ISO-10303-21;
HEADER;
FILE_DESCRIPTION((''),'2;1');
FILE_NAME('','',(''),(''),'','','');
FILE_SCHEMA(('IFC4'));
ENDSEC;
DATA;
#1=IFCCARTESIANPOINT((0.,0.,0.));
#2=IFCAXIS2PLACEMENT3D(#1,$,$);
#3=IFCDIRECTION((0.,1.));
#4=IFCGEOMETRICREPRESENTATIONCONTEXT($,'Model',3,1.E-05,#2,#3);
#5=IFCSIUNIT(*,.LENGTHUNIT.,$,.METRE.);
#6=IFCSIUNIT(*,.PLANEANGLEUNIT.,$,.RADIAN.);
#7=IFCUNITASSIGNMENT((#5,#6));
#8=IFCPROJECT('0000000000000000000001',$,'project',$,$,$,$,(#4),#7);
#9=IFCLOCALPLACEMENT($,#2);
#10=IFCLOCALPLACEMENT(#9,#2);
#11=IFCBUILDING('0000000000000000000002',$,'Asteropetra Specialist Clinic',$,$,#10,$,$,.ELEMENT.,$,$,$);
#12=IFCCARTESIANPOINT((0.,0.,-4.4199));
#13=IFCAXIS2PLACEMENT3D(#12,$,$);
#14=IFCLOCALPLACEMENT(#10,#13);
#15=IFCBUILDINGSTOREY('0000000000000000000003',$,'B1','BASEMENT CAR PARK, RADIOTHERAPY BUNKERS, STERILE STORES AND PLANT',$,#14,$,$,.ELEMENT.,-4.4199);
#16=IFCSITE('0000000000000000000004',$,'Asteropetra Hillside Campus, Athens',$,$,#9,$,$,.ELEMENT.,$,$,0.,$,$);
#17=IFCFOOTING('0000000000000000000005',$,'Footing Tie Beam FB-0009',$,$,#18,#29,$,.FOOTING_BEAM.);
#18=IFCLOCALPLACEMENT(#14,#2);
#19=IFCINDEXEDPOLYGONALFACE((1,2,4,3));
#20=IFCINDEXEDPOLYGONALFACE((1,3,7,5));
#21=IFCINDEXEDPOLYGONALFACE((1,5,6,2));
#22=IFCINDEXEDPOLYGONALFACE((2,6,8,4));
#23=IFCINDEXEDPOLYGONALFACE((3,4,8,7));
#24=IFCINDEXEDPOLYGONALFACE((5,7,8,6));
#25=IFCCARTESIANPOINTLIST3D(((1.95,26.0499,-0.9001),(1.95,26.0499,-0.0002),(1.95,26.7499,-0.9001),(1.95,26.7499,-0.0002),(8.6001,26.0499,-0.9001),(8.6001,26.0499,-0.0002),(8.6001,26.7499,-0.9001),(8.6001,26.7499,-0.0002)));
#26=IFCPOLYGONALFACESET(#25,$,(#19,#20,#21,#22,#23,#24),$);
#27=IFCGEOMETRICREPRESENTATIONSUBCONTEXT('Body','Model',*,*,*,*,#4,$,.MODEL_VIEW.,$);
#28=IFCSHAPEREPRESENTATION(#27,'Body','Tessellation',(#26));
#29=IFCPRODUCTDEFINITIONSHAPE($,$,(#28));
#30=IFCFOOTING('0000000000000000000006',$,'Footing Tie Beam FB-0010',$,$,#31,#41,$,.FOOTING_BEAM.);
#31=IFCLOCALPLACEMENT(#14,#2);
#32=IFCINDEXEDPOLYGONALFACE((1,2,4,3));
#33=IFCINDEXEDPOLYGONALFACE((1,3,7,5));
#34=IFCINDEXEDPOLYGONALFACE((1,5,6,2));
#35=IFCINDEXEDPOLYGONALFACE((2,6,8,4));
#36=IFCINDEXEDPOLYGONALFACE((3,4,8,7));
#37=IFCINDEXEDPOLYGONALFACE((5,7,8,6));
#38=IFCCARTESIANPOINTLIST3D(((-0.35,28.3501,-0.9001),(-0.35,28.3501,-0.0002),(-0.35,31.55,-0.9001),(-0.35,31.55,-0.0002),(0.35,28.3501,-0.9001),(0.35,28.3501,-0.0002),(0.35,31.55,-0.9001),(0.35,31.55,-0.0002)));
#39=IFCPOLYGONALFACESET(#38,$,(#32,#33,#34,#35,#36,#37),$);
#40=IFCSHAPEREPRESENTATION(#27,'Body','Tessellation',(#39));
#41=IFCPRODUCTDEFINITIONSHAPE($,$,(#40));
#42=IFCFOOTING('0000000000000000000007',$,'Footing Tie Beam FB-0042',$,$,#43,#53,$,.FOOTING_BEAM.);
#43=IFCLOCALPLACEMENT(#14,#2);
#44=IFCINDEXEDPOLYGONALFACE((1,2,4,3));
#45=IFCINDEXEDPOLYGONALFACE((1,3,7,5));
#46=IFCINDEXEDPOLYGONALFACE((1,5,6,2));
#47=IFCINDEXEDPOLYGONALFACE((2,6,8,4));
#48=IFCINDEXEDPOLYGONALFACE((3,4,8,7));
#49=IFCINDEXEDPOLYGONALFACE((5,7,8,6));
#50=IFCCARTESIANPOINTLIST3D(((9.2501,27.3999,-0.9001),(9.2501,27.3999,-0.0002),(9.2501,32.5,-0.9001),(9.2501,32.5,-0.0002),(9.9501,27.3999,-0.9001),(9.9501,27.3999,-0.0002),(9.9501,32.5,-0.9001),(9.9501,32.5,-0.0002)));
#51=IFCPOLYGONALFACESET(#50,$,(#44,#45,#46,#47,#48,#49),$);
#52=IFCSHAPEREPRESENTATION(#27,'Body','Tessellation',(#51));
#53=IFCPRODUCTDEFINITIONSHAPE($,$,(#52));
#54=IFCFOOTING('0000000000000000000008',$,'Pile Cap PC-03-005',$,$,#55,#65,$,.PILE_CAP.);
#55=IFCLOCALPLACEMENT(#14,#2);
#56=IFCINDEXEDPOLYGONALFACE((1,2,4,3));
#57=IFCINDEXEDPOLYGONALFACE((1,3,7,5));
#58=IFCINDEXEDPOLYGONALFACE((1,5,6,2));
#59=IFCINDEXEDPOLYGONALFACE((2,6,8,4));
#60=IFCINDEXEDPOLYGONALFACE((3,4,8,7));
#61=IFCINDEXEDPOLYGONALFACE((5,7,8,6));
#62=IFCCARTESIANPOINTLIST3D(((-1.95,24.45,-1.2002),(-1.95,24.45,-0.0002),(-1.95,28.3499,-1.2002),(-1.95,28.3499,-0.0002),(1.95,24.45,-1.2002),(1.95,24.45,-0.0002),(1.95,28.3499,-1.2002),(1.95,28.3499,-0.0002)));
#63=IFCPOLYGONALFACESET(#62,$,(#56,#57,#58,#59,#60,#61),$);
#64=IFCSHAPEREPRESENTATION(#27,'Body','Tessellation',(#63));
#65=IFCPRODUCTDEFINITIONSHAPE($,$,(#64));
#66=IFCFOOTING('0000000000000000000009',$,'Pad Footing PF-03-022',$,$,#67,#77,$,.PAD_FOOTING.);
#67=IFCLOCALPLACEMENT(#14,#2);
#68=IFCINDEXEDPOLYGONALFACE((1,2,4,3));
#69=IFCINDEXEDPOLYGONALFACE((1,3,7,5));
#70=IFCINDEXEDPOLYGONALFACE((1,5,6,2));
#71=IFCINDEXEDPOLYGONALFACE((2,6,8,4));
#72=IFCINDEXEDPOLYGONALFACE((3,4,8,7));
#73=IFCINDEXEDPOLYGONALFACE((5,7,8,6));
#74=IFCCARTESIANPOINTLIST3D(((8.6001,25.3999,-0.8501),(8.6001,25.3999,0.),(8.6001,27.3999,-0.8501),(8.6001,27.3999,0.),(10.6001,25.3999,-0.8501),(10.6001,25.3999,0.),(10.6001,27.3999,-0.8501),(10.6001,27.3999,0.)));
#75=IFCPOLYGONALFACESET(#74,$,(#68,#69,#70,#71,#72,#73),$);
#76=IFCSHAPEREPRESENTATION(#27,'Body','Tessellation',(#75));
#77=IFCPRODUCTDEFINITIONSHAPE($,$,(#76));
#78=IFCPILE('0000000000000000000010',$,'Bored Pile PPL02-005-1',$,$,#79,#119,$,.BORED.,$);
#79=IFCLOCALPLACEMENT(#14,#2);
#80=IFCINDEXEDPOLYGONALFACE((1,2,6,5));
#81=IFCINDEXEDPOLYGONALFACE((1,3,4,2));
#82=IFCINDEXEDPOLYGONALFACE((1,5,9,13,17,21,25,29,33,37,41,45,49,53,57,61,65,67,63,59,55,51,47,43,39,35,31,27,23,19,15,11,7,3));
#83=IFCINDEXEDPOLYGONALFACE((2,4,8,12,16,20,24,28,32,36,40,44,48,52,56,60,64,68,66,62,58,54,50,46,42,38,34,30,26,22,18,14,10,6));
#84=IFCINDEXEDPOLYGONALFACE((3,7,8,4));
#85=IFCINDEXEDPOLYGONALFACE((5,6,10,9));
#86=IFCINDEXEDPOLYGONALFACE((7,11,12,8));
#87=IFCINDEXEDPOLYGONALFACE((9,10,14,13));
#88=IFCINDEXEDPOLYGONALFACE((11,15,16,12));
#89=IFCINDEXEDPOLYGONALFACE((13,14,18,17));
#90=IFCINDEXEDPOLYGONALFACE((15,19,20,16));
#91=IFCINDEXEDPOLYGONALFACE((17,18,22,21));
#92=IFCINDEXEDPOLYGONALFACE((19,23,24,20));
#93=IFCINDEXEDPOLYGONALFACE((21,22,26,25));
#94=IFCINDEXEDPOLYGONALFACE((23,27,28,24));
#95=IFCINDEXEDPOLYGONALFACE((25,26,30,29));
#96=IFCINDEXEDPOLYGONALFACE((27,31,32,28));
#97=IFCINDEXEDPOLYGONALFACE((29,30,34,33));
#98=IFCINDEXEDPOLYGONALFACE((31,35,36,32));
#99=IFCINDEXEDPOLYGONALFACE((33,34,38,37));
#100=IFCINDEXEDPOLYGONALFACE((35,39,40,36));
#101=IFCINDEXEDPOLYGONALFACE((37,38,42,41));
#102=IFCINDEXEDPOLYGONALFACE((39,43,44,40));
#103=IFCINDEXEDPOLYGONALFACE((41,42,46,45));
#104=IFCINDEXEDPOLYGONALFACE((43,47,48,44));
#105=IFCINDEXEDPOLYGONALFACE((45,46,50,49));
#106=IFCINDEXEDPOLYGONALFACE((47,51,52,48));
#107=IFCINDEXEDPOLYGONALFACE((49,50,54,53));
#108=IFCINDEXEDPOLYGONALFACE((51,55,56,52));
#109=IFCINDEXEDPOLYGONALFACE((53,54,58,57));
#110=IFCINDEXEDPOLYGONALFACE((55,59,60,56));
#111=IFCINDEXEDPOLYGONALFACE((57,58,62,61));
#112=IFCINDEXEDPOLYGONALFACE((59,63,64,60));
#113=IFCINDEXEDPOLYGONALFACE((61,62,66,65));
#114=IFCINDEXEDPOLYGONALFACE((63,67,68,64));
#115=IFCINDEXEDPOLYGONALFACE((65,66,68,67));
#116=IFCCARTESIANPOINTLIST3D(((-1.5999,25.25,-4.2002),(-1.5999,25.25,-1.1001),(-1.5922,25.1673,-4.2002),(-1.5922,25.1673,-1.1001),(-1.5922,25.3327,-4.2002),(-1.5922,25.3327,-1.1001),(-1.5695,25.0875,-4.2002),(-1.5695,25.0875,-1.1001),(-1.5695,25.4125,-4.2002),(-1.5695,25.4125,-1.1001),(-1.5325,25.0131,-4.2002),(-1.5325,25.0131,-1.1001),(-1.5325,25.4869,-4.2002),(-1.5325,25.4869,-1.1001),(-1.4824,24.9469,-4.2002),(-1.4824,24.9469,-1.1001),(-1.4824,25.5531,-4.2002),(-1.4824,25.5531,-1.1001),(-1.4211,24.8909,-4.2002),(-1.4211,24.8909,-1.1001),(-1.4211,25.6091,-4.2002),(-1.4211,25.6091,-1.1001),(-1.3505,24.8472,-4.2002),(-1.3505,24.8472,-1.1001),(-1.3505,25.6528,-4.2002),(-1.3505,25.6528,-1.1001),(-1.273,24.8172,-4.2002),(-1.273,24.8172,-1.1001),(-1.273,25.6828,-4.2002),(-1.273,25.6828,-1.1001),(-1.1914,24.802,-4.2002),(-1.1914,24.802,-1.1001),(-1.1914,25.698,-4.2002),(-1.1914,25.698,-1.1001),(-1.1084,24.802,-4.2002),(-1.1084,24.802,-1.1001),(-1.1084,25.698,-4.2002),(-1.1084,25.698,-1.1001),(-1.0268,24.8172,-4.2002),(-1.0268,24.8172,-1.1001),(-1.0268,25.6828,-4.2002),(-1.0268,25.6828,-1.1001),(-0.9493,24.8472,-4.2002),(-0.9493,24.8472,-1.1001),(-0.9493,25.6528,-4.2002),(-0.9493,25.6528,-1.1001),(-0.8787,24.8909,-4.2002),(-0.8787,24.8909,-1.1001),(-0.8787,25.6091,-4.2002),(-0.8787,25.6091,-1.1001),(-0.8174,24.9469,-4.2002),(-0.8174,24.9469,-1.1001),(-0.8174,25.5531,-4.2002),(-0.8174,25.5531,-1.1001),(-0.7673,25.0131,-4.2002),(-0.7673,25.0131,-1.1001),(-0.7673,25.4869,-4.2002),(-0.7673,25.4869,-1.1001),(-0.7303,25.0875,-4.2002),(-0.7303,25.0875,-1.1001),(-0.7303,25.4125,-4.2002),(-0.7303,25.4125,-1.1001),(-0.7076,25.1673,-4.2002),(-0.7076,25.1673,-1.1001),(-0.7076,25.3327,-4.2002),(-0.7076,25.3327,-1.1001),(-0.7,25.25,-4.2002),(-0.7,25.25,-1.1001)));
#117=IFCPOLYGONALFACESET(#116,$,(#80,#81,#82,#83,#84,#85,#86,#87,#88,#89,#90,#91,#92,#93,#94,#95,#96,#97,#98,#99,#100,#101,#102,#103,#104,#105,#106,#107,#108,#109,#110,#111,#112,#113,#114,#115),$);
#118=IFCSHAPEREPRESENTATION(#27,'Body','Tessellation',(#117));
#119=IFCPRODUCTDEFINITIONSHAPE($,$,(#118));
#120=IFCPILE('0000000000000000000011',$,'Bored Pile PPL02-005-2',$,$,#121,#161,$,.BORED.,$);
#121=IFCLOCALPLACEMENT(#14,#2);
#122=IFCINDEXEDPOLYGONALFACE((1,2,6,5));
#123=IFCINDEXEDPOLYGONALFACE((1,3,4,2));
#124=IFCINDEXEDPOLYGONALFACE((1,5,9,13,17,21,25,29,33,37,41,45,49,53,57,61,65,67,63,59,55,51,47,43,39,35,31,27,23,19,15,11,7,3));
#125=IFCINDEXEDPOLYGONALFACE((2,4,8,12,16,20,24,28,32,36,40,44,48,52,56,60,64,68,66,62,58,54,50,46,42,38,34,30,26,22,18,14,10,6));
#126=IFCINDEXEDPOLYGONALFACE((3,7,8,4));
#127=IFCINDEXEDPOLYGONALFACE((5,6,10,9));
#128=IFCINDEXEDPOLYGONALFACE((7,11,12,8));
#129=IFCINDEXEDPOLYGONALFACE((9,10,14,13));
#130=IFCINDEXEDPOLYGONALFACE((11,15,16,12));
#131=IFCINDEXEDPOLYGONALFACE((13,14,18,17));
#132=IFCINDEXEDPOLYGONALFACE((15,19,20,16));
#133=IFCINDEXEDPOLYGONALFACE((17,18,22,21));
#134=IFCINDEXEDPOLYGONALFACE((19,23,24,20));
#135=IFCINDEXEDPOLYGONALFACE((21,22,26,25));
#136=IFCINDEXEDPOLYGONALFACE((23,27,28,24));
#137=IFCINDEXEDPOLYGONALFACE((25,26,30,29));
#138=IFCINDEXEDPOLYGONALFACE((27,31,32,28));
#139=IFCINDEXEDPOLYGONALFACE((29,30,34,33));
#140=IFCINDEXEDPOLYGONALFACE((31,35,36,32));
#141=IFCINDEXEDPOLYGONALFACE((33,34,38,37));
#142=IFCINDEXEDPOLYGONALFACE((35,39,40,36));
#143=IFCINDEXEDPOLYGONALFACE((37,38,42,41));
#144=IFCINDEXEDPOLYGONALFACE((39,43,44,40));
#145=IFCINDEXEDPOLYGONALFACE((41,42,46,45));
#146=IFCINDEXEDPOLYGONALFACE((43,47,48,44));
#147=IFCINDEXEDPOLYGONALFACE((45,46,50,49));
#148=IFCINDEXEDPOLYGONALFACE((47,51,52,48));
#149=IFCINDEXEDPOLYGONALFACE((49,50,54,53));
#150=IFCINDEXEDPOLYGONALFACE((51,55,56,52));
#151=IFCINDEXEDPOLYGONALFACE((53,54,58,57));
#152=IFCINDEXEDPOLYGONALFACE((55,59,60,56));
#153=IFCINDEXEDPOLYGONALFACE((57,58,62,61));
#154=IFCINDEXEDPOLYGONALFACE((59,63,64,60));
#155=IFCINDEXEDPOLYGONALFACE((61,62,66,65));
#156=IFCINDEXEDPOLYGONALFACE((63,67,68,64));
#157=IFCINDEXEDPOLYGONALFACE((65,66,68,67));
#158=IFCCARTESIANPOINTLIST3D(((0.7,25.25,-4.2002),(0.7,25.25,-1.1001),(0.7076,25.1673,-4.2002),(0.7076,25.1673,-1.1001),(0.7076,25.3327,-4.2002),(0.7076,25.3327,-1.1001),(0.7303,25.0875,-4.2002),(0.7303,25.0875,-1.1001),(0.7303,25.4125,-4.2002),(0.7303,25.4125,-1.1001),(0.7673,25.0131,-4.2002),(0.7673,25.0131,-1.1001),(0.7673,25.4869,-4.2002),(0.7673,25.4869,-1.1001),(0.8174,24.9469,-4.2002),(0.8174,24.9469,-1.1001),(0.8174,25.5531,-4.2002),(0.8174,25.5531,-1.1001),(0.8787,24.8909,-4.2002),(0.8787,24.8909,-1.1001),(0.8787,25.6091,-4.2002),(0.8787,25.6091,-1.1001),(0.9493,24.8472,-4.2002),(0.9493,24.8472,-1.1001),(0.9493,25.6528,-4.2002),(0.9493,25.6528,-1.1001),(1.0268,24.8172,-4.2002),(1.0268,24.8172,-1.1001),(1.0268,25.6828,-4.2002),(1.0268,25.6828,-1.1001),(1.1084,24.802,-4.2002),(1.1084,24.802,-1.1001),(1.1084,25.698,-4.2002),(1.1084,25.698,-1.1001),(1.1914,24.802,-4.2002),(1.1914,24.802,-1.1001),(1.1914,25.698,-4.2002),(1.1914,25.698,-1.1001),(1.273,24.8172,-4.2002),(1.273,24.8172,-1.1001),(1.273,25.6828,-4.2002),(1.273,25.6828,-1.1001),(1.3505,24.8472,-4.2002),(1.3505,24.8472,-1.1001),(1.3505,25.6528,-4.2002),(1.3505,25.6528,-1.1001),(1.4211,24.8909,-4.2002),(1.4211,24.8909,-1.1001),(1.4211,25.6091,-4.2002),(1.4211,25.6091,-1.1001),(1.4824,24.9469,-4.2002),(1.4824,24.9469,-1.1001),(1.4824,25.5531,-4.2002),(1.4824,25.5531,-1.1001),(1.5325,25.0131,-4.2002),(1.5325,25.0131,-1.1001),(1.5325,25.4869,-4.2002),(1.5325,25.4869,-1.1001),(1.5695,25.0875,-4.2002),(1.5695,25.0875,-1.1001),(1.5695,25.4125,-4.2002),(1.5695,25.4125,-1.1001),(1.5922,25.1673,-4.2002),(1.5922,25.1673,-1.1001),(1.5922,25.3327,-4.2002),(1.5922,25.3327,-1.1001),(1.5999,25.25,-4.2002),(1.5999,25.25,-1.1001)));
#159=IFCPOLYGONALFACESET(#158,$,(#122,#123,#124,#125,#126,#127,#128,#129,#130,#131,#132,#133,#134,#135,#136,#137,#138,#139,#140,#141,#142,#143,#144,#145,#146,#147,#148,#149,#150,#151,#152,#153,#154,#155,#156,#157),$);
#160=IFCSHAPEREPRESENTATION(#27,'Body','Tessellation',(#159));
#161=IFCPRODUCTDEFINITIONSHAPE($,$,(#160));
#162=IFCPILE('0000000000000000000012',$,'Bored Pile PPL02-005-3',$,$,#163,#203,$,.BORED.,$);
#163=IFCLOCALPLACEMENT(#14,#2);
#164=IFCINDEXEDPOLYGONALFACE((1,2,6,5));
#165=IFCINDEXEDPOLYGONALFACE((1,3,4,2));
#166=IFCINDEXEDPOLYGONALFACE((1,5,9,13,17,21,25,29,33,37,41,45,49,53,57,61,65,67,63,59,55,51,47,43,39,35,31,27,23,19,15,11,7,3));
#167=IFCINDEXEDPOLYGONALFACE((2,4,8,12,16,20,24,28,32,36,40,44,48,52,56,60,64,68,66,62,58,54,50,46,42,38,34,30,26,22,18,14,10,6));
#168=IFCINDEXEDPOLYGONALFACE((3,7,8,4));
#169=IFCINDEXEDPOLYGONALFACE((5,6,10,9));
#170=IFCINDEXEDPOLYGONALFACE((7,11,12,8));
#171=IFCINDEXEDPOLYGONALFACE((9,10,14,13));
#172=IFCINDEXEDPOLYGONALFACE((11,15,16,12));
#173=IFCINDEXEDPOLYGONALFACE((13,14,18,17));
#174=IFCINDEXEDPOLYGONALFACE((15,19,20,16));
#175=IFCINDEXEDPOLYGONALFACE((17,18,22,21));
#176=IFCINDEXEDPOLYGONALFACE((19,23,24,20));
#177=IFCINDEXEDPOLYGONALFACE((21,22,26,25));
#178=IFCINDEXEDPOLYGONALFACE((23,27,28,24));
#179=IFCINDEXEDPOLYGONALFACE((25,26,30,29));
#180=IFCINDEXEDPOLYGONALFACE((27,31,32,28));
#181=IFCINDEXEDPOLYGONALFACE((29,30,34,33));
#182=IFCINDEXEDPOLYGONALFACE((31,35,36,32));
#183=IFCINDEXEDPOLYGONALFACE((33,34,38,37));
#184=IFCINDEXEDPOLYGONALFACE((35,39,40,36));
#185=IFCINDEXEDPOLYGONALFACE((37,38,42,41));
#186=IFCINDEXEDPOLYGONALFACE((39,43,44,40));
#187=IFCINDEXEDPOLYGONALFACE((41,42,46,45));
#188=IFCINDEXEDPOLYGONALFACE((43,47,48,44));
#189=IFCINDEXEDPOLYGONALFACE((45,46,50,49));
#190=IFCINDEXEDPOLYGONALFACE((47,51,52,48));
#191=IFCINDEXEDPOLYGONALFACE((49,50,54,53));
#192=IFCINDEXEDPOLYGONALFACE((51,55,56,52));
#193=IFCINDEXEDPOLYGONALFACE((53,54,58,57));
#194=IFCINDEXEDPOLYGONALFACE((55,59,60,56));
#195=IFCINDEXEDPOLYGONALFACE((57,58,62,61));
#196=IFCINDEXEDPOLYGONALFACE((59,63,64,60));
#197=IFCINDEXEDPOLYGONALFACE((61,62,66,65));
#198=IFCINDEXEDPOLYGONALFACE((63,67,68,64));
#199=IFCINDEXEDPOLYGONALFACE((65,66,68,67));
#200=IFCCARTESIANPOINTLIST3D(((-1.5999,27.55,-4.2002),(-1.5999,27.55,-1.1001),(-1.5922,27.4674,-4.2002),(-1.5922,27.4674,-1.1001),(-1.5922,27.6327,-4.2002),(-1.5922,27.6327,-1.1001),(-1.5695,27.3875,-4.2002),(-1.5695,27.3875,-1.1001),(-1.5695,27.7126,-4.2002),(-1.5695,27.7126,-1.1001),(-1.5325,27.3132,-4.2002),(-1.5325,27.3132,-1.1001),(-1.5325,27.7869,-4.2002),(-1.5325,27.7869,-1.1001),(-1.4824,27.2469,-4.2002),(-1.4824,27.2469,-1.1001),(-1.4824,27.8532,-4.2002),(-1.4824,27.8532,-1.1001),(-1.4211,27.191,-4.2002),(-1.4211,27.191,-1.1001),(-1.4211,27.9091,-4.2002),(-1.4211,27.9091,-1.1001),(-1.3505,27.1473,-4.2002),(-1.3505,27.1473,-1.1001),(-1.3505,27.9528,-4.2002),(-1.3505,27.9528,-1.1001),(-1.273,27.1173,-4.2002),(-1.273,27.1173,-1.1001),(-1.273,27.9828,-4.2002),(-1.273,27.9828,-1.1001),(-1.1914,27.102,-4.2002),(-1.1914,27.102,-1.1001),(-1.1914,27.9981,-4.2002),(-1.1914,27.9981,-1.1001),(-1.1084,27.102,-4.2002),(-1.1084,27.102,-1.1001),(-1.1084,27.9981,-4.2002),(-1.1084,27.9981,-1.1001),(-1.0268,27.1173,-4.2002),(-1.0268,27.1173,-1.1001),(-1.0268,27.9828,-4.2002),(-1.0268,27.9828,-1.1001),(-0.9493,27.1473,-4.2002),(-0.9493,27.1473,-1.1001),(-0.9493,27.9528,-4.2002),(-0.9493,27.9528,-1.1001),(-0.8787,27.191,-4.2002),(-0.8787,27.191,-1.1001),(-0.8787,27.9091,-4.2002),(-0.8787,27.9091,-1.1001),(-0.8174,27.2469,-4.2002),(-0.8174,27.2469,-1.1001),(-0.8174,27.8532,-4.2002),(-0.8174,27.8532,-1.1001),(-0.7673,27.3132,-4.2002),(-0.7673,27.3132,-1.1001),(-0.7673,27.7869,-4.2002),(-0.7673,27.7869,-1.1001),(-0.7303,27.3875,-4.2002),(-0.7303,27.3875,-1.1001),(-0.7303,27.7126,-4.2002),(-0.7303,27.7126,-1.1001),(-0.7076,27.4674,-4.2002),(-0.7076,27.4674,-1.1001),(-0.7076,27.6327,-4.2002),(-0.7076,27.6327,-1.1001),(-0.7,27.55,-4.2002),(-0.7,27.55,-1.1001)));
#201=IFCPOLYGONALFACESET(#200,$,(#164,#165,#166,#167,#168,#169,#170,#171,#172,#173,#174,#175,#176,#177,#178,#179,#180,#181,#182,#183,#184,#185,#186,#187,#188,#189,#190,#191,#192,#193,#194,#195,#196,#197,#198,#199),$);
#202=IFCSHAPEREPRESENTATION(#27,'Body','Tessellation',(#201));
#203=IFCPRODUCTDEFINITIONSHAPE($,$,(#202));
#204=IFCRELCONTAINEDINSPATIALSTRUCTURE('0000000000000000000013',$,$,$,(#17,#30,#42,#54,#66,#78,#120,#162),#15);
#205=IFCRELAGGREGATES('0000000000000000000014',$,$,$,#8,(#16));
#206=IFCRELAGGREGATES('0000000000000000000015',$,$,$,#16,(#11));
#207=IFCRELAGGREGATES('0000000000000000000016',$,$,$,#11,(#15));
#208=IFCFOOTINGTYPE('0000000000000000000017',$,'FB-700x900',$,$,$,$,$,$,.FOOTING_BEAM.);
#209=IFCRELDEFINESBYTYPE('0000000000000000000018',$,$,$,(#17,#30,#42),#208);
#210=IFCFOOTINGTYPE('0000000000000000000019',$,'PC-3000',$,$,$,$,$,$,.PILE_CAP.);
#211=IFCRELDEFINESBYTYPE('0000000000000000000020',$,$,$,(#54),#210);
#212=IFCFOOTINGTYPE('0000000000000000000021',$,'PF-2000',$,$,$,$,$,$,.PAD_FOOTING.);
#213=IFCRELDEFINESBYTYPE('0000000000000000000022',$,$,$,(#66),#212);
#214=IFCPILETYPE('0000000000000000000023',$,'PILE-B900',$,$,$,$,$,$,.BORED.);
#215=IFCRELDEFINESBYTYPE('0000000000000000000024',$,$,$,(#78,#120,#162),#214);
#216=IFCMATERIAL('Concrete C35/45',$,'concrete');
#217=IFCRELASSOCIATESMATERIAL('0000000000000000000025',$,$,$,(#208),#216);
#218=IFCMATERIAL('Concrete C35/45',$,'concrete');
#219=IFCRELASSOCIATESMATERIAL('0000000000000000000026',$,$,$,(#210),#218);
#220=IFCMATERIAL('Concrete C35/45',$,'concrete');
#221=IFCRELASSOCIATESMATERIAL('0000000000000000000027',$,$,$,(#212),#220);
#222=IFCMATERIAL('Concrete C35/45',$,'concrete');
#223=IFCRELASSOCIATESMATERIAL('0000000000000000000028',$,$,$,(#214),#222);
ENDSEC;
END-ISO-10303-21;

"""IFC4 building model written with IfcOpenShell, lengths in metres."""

from ifc_helpers import new_model, si_unit, direction, frame, origin, origin_2d, place, context, subcontext, project, spatial, rectangle, circle, extrude, material, material_profile, profile_set, type_object, element, save


model = new_model("IFC4")

# Units and contexts
model_context = context("Model", 3, precision=1e-05, world=origin(), true_north=direction((0.0, 1.0)))
body_context = subcontext(model_context, "Body", "Model", "MODEL_VIEW")
ifc_project = project(units=[si_unit("LENGTHUNIT", "METRE"), si_unit("PLANEANGLEUNIT", "RADIAN")], contexts=[model_context])

# Site, building, storey
site_placement = place(None, origin())
site = spatial("IfcSite", under=ifc_project, at=site_placement, Name="Asteropetra Hillside Campus, Athens", CompositionType="ELEMENT", RefElevation=0.0)
building_placement = place(site_placement, origin())
building = spatial("IfcBuilding", under=site, at=building_placement, Name="Asteropetra Specialist Clinic", CompositionType="ELEMENT")
storey_placement = place(building_placement, frame((0.0, 0.0, -4.4199)))
storey = spatial("IfcBuildingStorey", under=building, at=storey_placement, Name="B1", Description="BASEMENT CAR PARK, RADIOTHERAPY BUNKERS, STERILE STORES AND PLANT", CompositionType="ELEMENT", Elevation=-4.4199)

# Footings
ifc_material_1 = material(Name="Concrete C35/45", Category="concrete")
ifc_material_profile_1 = material_profile(ifc_material_1, rectangle(XDim=0.7, YDim=0.8999, at=origin_2d()), Name="FB 700x900")
ifc_profile_set_1 = profile_set([ifc_material_profile_1], Name="Concrete C35/45")
footing_type_1 = type_object("IfcFootingType", Name="FB-700x900", PredefinedType="FOOTING_BEAM", material=ifc_profile_set_1)
footing_1_placement = place(storey_placement, frame((1.95, 26.3999, -0.4502), z_axis=(1.0, 0.0, 0.0), x_axis=(0.0, 1.0, 0.0)))
element("IfcFooting", 1, at=footing_1_placement, inside=storey, type_object=footing_type_1, Name="Footing Tie Beam FB-0009", PredefinedType="FOOTING_BEAM", context=body_context, shape_type="SweptSolid", body=[
    extrude(rectangle(XDim=0.7, YDim=0.8999, at=origin_2d()), origin(), (0.0, 0.0, 1.0), 6.6501),
])
footing_2_placement = place(storey_placement, frame((0.0, 28.3501, -0.4502), z_axis=(0.0, 1.0, 0.0), x_axis=(-1.0, 0.0, 0.0)))
element("IfcFooting", 2, at=footing_2_placement, inside=storey, type_object=footing_type_1, Name="Footing Tie Beam FB-0010", PredefinedType="FOOTING_BEAM", context=body_context, shape_type="SweptSolid", body=[
    extrude(rectangle(XDim=0.7, YDim=0.8999, at=origin_2d()), origin(), (0.0, 0.0, 1.0), 3.2),
])
footing_3_placement = place(storey_placement, frame((9.6001, 27.3999, -0.4502), z_axis=(0.0, 1.0, 0.0), x_axis=(-1.0, 0.0, 0.0)))
element("IfcFooting", 3, at=footing_3_placement, inside=storey, type_object=footing_type_1, Name="Footing Tie Beam FB-0042", PredefinedType="FOOTING_BEAM", context=body_context, shape_type="SweptSolid", body=[
    extrude(rectangle(XDim=0.7, YDim=0.8999, at=origin_2d()), origin(), (0.0, 0.0, 1.0), 5.1001),
])
ifc_material_2 = material(Name="Concrete C35/45", Category="concrete")
footing_type_2 = type_object("IfcFootingType", Name="PC-3000", PredefinedType="PILE_CAP", material=ifc_material_2)
footing_4_placement = place(storey_placement, frame((0.0, 26.3999, -1.2002), z_axis=(0.0, 0.0, 1.0), x_axis=(1.0, 0.0, 0.0)))
element("IfcFooting", 4, at=footing_4_placement, inside=storey, type_object=footing_type_2, Name="Pile Cap PC-03-005", PredefinedType="PILE_CAP", context=body_context, shape_type="SweptSolid", body=[
    extrude(rectangle(XDim=3.8999, YDim=3.8999, at=origin_2d()), origin(), (0.0, 0.0, 1.0), 1.2),
])
ifc_material_3 = material(Name="Concrete C35/45", Category="concrete")
footing_type_3 = type_object("IfcFootingType", Name="PF-2000", PredefinedType="PAD_FOOTING", material=ifc_material_3)
footing_5_placement = place(storey_placement, frame((9.6001, 26.3999, -0.8501), z_axis=(0.0, 0.0, 1.0), x_axis=(1.0, 0.0, 0.0)))
element("IfcFooting", 5, at=footing_5_placement, inside=storey, type_object=footing_type_3, Name="Pad Footing PF-03-022", PredefinedType="PAD_FOOTING", context=body_context, shape_type="SweptSolid", body=[
    extrude(rectangle(XDim=2.0, YDim=2.0, at=origin_2d()), origin(), (0.0, 0.0, 1.0), 0.8501),
])

# Piles
ifc_material_4 = material(Name="Concrete C35/45", Category="concrete")
ifc_material_profile_2 = material_profile(ifc_material_4, circle(Radius=0.45, at=origin_2d()), Name="PILE D900")
ifc_profile_set_2 = profile_set([ifc_material_profile_2], Name="Concrete C35/45")
pile_type = type_object("IfcPileType", Name="PILE-B900", PredefinedType="BORED", material=ifc_profile_set_2)
for number, where, z_axis, x_axis, name in (
    (6, (-1.1499, 25.25, -1.1001), (0.0, 0.0, -1.0), (1.0, 0.0, 0.0), "Bored Pile PPL02-005-1"),
    (7, (1.1499, 25.25, -1.1001), (0.0, 0.0, -1.0), (1.0, 0.0, 0.0), "Bored Pile PPL02-005-2"),
    (8, (-1.1499, 27.55, -1.1001), (0.0, 0.0, -1.0), (1.0, 0.0, 0.0), "Bored Pile PPL02-005-3"),
):
    element("IfcPile", number, at=place(storey_placement, frame(where, z_axis=z_axis, x_axis=x_axis)), inside=storey, type_object=pile_type, Name=name, PredefinedType="BORED", context=body_context, shape_type="SweptSolid", body=[
        extrude(circle(Radius=0.45, at=origin_2d()), origin(), (0.0, 0.0, 1.0), 3.1001),
    ])

save(model, "model.ifc")
